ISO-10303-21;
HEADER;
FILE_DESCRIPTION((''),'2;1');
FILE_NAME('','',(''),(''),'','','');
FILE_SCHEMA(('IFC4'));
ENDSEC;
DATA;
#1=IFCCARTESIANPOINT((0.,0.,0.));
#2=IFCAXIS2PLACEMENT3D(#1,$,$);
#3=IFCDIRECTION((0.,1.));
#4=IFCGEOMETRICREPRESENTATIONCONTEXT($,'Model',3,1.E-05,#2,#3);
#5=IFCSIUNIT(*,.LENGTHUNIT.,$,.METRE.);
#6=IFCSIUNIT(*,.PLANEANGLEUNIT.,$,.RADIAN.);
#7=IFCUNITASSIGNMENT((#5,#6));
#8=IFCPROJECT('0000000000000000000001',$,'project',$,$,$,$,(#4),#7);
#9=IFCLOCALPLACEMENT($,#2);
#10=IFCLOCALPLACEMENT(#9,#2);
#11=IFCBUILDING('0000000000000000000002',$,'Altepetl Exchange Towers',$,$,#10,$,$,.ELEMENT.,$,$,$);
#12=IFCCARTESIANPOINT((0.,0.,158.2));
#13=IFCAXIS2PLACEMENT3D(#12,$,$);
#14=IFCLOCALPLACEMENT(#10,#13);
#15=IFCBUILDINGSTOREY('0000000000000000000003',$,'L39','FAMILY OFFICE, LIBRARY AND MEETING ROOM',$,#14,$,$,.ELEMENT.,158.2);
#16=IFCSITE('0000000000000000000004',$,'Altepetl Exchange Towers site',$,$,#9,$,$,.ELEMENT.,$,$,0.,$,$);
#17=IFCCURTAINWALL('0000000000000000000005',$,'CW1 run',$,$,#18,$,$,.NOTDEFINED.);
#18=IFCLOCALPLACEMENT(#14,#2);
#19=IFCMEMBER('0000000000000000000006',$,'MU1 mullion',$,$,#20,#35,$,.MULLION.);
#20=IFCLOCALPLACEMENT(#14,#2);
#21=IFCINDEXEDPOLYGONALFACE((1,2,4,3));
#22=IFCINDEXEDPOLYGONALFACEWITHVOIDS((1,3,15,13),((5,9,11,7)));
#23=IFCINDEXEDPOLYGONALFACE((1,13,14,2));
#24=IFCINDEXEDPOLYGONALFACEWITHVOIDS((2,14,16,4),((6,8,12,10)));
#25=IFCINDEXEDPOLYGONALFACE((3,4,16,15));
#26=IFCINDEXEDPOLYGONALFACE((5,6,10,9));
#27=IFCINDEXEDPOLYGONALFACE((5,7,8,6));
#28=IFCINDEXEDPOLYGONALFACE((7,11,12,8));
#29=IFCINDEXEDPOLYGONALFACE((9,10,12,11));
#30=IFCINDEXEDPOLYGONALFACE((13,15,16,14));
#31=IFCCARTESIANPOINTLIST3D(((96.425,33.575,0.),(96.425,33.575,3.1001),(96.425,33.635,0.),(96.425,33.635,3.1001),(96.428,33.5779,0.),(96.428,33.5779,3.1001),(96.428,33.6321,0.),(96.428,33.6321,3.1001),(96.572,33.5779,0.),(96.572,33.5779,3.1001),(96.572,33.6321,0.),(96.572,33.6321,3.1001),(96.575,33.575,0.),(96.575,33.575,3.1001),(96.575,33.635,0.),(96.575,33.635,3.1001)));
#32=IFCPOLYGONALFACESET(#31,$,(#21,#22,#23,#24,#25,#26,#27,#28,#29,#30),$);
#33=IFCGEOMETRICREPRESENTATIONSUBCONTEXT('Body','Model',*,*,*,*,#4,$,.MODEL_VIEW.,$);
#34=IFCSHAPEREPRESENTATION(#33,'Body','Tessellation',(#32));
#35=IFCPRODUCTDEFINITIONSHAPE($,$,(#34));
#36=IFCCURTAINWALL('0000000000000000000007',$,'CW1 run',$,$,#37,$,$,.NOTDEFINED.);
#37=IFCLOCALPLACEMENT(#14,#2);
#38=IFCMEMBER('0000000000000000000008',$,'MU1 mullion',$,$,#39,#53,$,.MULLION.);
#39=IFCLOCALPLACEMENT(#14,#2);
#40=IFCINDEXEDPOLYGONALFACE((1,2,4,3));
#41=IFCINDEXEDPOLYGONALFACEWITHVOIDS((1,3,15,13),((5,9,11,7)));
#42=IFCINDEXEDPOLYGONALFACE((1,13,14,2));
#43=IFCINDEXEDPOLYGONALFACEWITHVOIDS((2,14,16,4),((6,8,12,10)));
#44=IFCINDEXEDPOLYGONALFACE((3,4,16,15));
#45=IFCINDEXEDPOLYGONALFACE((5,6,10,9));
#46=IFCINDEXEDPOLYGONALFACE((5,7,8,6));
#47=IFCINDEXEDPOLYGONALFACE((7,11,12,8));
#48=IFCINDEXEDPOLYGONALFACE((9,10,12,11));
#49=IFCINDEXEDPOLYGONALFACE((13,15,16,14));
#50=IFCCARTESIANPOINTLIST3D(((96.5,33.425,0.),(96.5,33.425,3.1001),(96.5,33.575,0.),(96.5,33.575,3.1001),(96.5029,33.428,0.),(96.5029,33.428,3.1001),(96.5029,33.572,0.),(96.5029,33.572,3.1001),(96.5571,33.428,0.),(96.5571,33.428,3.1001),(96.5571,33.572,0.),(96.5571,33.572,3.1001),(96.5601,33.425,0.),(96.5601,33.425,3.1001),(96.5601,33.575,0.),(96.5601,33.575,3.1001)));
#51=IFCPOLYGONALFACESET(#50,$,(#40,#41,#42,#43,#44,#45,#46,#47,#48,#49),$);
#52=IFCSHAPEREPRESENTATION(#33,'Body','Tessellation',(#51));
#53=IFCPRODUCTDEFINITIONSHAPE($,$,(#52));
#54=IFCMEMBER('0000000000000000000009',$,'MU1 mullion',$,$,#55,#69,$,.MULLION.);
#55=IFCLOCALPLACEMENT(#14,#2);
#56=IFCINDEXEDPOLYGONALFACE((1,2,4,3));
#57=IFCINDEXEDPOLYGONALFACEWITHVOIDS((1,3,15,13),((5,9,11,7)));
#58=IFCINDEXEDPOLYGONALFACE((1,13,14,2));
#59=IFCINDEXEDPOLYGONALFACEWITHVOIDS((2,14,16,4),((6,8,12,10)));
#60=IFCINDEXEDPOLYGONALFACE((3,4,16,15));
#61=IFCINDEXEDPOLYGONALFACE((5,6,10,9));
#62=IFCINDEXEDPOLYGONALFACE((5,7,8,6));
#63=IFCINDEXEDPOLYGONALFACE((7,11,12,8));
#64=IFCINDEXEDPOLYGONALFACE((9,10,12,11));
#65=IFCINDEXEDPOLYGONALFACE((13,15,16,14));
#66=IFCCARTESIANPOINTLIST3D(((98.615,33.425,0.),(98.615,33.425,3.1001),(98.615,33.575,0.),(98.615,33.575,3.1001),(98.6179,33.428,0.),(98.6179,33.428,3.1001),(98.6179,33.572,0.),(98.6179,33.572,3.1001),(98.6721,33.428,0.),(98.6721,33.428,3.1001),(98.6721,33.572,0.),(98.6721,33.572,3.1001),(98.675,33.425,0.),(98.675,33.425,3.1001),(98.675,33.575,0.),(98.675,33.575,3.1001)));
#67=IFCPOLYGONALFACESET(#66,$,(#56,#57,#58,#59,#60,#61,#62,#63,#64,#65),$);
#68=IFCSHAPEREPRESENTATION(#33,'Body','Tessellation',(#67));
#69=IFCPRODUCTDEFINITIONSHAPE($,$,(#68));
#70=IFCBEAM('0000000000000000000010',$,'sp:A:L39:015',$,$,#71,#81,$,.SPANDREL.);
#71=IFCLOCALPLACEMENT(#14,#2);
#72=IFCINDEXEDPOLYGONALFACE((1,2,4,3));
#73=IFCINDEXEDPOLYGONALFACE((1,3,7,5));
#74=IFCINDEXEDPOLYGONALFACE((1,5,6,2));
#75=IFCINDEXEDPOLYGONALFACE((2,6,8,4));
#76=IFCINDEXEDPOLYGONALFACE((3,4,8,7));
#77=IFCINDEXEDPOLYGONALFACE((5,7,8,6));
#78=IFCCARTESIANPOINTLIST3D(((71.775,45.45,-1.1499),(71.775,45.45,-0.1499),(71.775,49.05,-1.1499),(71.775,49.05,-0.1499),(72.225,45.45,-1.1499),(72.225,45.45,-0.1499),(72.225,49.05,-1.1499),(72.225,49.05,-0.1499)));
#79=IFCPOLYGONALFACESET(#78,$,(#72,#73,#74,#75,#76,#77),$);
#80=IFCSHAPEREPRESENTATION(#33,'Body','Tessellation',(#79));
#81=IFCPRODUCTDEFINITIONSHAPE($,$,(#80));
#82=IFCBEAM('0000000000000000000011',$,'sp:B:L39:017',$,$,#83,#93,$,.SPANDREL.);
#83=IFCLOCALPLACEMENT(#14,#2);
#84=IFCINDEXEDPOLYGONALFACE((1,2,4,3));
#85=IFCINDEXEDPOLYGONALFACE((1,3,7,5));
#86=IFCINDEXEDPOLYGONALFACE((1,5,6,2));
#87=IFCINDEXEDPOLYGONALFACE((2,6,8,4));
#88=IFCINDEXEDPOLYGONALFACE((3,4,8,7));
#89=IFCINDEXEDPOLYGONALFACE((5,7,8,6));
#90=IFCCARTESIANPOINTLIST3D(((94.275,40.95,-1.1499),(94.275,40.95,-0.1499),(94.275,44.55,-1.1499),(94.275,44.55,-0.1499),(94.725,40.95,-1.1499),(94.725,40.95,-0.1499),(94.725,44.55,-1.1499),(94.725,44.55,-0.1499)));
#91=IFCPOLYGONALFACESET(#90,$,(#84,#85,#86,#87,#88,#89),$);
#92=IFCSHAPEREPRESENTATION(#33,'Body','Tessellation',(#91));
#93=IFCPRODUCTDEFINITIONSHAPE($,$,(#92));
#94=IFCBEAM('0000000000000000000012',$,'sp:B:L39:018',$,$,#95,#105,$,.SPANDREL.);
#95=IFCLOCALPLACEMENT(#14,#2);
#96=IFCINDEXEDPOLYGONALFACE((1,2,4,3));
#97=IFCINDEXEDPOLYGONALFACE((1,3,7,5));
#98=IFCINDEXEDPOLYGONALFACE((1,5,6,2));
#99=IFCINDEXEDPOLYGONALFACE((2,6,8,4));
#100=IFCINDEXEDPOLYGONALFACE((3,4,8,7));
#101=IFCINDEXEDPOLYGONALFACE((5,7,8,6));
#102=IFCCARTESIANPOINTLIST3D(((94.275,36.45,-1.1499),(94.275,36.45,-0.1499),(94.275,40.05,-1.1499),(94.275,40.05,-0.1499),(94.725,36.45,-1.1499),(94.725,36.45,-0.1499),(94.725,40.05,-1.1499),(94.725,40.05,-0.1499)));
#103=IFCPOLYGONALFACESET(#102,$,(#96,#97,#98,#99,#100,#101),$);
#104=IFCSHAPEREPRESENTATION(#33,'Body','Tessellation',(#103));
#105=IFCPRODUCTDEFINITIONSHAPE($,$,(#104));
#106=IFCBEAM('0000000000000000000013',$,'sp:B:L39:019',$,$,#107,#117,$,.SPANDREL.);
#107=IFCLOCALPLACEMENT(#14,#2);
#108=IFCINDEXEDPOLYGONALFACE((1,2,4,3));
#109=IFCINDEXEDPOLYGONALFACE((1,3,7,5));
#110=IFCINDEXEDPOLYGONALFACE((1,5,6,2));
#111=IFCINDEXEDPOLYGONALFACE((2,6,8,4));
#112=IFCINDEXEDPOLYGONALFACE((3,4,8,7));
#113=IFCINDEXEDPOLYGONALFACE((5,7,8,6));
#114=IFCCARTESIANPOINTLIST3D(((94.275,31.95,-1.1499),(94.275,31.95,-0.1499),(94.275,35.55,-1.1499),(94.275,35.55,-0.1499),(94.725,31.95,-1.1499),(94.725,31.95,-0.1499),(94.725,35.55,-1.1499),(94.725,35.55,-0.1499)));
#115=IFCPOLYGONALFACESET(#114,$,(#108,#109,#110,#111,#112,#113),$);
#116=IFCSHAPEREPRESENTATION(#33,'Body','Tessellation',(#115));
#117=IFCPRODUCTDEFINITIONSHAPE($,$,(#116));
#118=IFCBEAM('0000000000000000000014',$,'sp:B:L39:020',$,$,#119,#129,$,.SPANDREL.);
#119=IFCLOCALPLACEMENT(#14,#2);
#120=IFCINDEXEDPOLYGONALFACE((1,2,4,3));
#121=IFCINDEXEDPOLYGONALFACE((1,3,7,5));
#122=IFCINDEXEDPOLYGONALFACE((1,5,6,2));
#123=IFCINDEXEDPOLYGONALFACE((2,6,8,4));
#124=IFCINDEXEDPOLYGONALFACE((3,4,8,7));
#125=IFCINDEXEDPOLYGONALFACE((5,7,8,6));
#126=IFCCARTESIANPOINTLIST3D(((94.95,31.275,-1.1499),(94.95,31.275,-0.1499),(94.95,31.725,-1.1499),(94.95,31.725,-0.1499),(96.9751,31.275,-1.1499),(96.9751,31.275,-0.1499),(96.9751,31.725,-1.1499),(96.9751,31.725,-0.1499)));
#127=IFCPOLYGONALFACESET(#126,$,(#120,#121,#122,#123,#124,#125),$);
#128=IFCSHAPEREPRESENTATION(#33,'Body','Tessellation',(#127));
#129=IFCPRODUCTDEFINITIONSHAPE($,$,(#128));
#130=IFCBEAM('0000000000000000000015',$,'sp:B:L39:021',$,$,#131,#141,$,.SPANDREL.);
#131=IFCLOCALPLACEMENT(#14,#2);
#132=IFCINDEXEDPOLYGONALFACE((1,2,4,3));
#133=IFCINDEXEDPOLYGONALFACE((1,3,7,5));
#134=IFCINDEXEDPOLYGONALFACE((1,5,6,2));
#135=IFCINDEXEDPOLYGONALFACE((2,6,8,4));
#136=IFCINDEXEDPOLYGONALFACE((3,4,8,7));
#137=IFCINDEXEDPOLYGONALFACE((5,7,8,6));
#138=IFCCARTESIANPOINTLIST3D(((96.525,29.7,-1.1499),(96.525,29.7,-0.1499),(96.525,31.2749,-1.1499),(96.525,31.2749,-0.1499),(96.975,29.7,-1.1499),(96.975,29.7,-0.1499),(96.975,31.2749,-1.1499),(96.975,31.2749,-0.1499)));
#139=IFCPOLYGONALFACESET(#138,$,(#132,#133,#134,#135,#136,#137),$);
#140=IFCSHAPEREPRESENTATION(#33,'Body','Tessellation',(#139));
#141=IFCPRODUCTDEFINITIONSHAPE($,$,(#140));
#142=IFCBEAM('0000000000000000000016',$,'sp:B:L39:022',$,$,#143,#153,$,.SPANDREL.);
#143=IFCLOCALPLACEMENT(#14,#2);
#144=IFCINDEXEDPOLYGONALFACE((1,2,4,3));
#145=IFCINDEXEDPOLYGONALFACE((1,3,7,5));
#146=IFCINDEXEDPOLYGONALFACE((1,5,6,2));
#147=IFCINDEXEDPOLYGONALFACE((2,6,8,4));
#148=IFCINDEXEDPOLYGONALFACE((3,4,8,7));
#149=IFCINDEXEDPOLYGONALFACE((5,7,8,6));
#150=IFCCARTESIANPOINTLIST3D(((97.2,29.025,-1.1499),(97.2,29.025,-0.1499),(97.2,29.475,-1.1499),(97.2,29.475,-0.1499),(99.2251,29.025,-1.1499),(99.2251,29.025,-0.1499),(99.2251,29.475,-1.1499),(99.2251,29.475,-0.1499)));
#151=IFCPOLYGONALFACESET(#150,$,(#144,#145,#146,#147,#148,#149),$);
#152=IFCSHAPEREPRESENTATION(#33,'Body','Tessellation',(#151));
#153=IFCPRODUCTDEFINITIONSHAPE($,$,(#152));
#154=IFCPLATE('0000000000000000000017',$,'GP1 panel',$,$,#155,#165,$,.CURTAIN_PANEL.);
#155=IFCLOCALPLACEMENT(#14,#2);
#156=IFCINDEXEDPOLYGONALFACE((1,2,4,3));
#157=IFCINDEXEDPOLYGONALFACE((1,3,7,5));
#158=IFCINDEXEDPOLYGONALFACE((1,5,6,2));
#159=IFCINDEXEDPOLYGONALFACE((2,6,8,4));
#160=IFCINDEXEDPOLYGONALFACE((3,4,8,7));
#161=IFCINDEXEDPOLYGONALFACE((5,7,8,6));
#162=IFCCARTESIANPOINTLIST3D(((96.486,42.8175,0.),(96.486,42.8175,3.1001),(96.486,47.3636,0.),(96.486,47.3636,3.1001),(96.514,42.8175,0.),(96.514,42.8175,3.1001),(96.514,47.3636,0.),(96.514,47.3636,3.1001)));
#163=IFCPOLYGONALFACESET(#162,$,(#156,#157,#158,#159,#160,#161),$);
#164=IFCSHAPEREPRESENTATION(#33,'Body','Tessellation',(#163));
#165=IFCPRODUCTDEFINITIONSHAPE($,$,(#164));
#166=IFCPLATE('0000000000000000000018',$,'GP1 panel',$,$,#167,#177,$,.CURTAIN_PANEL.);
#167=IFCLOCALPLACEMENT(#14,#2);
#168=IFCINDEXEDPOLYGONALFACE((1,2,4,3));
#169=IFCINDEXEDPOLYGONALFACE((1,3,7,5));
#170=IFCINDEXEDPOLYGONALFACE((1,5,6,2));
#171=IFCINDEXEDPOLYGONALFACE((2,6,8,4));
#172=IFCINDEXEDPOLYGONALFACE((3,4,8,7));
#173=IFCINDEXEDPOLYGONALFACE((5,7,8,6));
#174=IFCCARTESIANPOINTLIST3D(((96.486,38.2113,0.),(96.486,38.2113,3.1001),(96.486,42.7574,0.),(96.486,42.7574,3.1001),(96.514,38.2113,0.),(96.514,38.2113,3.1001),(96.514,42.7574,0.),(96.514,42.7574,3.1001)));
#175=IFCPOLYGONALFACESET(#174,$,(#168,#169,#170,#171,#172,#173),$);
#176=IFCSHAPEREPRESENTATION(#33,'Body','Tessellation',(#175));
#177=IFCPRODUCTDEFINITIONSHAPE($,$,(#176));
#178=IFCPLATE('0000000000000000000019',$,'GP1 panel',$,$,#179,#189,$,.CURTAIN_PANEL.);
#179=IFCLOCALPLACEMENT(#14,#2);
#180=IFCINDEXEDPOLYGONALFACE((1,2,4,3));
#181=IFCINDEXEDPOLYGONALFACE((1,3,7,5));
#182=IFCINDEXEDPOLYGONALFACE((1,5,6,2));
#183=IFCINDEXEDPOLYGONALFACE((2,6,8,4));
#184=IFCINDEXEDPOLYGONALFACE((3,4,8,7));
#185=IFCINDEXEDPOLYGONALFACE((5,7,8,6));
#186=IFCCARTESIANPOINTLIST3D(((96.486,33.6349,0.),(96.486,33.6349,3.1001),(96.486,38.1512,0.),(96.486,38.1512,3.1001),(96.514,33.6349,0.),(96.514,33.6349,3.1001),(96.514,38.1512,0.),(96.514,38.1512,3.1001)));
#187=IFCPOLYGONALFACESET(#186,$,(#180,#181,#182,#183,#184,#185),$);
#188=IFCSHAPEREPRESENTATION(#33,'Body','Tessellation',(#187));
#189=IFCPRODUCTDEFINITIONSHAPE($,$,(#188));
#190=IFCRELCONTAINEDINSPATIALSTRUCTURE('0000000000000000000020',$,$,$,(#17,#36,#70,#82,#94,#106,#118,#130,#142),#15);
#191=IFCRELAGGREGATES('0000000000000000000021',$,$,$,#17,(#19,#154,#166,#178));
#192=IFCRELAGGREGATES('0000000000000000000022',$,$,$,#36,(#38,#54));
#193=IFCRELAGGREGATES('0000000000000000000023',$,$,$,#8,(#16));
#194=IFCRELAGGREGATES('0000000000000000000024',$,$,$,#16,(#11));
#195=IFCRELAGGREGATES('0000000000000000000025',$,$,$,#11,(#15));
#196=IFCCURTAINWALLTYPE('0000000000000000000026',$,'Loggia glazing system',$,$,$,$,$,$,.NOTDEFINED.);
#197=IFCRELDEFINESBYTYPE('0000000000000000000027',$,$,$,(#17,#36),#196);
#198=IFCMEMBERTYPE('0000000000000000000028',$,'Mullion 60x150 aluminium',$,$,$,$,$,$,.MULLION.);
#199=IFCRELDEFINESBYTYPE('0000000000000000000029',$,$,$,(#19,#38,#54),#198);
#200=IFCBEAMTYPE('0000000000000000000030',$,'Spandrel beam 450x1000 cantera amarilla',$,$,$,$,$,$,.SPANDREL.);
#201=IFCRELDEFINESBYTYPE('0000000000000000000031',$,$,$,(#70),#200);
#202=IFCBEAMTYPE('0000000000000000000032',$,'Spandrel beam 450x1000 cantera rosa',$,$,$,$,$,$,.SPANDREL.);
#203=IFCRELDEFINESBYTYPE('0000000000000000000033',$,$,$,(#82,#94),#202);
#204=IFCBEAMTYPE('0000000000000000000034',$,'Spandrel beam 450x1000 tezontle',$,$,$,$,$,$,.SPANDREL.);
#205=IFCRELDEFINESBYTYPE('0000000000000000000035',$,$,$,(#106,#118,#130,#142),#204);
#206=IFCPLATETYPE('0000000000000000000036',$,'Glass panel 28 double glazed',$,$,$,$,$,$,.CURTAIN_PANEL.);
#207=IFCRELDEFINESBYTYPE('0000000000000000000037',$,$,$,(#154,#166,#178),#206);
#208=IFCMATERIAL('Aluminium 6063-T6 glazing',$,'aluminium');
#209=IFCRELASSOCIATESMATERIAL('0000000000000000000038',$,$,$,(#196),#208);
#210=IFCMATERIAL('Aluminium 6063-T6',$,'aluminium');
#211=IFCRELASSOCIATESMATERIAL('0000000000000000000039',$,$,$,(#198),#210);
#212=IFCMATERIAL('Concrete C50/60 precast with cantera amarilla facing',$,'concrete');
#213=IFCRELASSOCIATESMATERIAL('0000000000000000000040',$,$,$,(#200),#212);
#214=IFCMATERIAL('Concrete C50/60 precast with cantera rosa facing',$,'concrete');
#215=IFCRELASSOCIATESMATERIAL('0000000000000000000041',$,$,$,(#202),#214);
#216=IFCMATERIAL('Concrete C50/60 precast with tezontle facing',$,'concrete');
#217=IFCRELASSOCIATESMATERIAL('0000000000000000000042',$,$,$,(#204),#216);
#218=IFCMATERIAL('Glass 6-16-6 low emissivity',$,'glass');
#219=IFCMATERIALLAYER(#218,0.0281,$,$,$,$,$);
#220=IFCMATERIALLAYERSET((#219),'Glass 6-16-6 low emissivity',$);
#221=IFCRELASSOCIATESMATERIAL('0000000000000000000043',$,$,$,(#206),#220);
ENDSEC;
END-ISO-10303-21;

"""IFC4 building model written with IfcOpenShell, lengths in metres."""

from ifc_helpers import new_model, si_unit, direction, frame, origin, origin_2d, place, context, subcontext, project, spatial, rectangle, hollow_rectangle, extrude, material, layer, layer_set, material_profile, profile_set, type_object, element, aggregate, save


model = new_model("IFC4")

# Units and contexts
model_context = context("Model", 3, precision=1e-05, world=origin(), true_north=direction((0.0, 1.0)))
body_context = subcontext(model_context, "Body", "Model", "MODEL_VIEW")
ifc_project = project(units=[si_unit("LENGTHUNIT", "METRE"), si_unit("PLANEANGLEUNIT", "RADIAN")], contexts=[model_context])

# Site, building, storey
site_placement = place(None, origin())
site = spatial("IfcSite", under=ifc_project, at=site_placement, Name="Altepetl Exchange Towers site", CompositionType="ELEMENT", RefElevation=0.0)
building_placement = place(site_placement, origin())
building = spatial("IfcBuilding", under=site, at=building_placement, Name="Altepetl Exchange Towers", CompositionType="ELEMENT")
storey_placement = place(building_placement, frame((0.0, 0.0, 158.2)))
storey = spatial("IfcBuildingStorey", under=building, at=storey_placement, Name="L39", Description="FAMILY OFFICE, LIBRARY AND MEETING ROOM", CompositionType="ELEMENT", Elevation=158.2)

# Curtain walls, members
ifc_material_1 = material(Name="Aluminium 6063-T6 glazing", Category="aluminium")
curtain_wall_type = type_object("IfcCurtainWallType", Name="Loggia glazing system", PredefinedType="NOTDEFINED", material=ifc_material_1)
curtain_wall_1_placement = place(storey_placement, origin())
curtain_wall_1 = element("IfcCurtainWall", 1, at=curtain_wall_1_placement, inside=storey, type_object=curtain_wall_type, Name="CW1 run", PredefinedType="NOTDEFINED")
ifc_material_2 = material(Name="Aluminium 6063-T6", Category="aluminium")
ifc_material_profile_1 = material_profile(ifc_material_2, hollow_rectangle(XDim=0.0601, YDim=0.1499, WallThickness=0.0029, at=origin_2d()), Name="Mullion 60x150 aluminium")
ifc_profile_set_1 = profile_set([ifc_material_profile_1], Name="Aluminium 6063-T6")
member_type = type_object("IfcMemberType", Name="Mullion 60x150 aluminium", PredefinedType="MULLION", material=ifc_profile_set_1)
member_1_placement = place(storey_placement, frame((96.5, 33.605, 0.0), z_axis=(0.0, 0.0, 1.0), x_axis=(0.0, -1.0, 0.0)))
member_1 = element("IfcMember", 2, at=member_1_placement, type_object=member_type, Name="MU1 mullion", PredefinedType="MULLION", context=body_context, shape_type="SweptSolid", body=[
    extrude(hollow_rectangle(XDim=0.0601, YDim=0.1499, WallThickness=0.0029, at=origin_2d()), origin(), (0.0, 0.0, 1.0), 3.1001),
])
curtain_wall_2_placement = place(storey_placement, origin())
curtain_wall_2 = element("IfcCurtainWall", 3, at=curtain_wall_2_placement, inside=storey, type_object=curtain_wall_type, Name="CW1 run", PredefinedType="NOTDEFINED")
member_2_placement = place(storey_placement, frame((96.53, 33.5, 0.0)))
member_2 = element("IfcMember", 4, at=member_2_placement, type_object=member_type, Name="MU1 mullion", PredefinedType="MULLION", context=body_context, shape_type="SweptSolid", body=[
    extrude(hollow_rectangle(XDim=0.0601, YDim=0.1499, WallThickness=0.0029, at=origin_2d()), origin(), (0.0, 0.0, 1.0), 3.1001),
])
member_3_placement = place(storey_placement, frame((98.645, 33.5, 0.0)))
member_3 = element("IfcMember", 5, at=member_3_placement, type_object=member_type, Name="MU1 mullion", PredefinedType="MULLION", context=body_context, shape_type="SweptSolid", body=[
    extrude(hollow_rectangle(XDim=0.0601, YDim=0.1499, WallThickness=0.0029, at=origin_2d()), origin(), (0.0, 0.0, 1.0), 3.1001),
])

# Beams
ifc_material_3 = material(Name="Concrete C50/60 precast with cantera amarilla facing", Category="concrete")
ifc_material_profile_2 = material_profile(ifc_material_3, rectangle(XDim=0.45, YDim=1.0, at=origin_2d()), Name="450 x 1000")
ifc_profile_set_2 = profile_set([ifc_material_profile_2], Name="Concrete C50/60 precast with cantera amarilla facing")
beam_type_1 = type_object("IfcBeamType", Name="Spandrel beam 450x1000 cantera amarilla", PredefinedType="SPANDREL", material=ifc_profile_set_2)
beam_1_placement = place(storey_placement, frame((72.0, 45.45, -0.6499), z_axis=(0.0, 1.0, 0.0), x_axis=(-1.0, 0.0, 0.0)))
element("IfcBeam", 6, at=beam_1_placement, inside=storey, type_object=beam_type_1, Name="sp:A:L39:015", PredefinedType="SPANDREL", context=body_context, shape_type="SweptSolid", body=[
    extrude(rectangle(XDim=0.45, YDim=1.0, at=origin_2d()), origin(), (0.0, 0.0, 1.0), 3.6001),
])
ifc_material_4 = material(Name="Concrete C50/60 precast with cantera rosa facing", Category="concrete")
ifc_material_profile_3 = material_profile(ifc_material_4, rectangle(XDim=0.45, YDim=1.0, at=origin_2d()), Name="450 x 1000")
ifc_profile_set_3 = profile_set([ifc_material_profile_3], Name="Concrete C50/60 precast with cantera rosa facing")
beam_type_2 = type_object("IfcBeamType", Name="Spandrel beam 450x1000 cantera rosa", PredefinedType="SPANDREL", material=ifc_profile_set_3)
for number, where, z_axis, x_axis, name in (
    (7, (94.5, 44.55, -0.6499), (0.0, -1.0, 0.0), (1.0, 0.0, 0.0), "sp:B:L39:017"),
    (8, (94.5, 40.05, -0.6499), (0.0, -1.0, 0.0), (1.0, 0.0, 0.0), "sp:B:L39:018"),
):
    element("IfcBeam", number, at=place(storey_placement, frame(where, z_axis=z_axis, x_axis=x_axis)), inside=storey, type_object=beam_type_2, Name=name, PredefinedType="SPANDREL", context=body_context, shape_type="SweptSolid", body=[
        extrude(rectangle(XDim=0.45, YDim=1.0, at=origin_2d()), origin(), (0.0, 0.0, 1.0), 3.6001),
    ])
ifc_material_5 = material(Name="Concrete C50/60 precast with tezontle facing", Category="concrete")
ifc_material_profile_4 = material_profile(ifc_material_5, rectangle(XDim=0.45, YDim=1.0, at=origin_2d()), Name="450 x 1000")
ifc_profile_set_4 = profile_set([ifc_material_profile_4], Name="Concrete C50/60 precast with tezontle facing")
beam_type_3 = type_object("IfcBeamType", Name="Spandrel beam 450x1000 tezontle", PredefinedType="SPANDREL", material=ifc_profile_set_4)
beam_2_placement = place(storey_placement, frame((94.5, 35.55, -0.6499), z_axis=(0.0, -1.0, 0.0), x_axis=(1.0, 0.0, 0.0)))
element("IfcBeam", 9, at=beam_2_placement, inside=storey, type_object=beam_type_3, Name="sp:B:L39:019", PredefinedType="SPANDREL", context=body_context, shape_type="SweptSolid", body=[
    extrude(rectangle(XDim=0.45, YDim=1.0, at=origin_2d()), origin(), (0.0, 0.0, 1.0), 3.6001),
])
beam_3_placement = place(storey_placement, frame((94.95, 31.5, -0.6499), z_axis=(1.0, 0.0, 0.0), x_axis=(0.0, 1.0, 0.0)))
element("IfcBeam", 10, at=beam_3_placement, inside=storey, type_object=beam_type_3, Name="sp:B:L39:020", PredefinedType="SPANDREL", context=body_context, shape_type="SweptSolid", body=[
    extrude(rectangle(XDim=0.45, YDim=1.0, at=origin_2d()), origin(), (0.0, 0.0, 1.0), 2.0251),
])
beam_4_placement = place(storey_placement, frame((96.75, 31.2749, -0.6499), z_axis=(0.0, -1.0, 0.0), x_axis=(1.0, 0.0, 0.0)))
element("IfcBeam", 11, at=beam_4_placement, inside=storey, type_object=beam_type_3, Name="sp:B:L39:021", PredefinedType="SPANDREL", context=body_context, shape_type="SweptSolid", body=[
    extrude(rectangle(XDim=0.45, YDim=1.0, at=origin_2d()), origin(), (0.0, 0.0, 1.0), 1.575),
])
beam_5_placement = place(storey_placement, frame((97.2, 29.25, -0.6499), z_axis=(1.0, 0.0, 0.0), x_axis=(0.0, 1.0, 0.0)))
element("IfcBeam", 12, at=beam_5_placement, inside=storey, type_object=beam_type_3, Name="sp:B:L39:022", PredefinedType="SPANDREL", context=body_context, shape_type="SweptSolid", body=[
    extrude(rectangle(XDim=0.45, YDim=1.0, at=origin_2d()), origin(), (0.0, 0.0, 1.0), 2.0251),
])

# Plates
ifc_material_6 = material(Name="Glass 6-16-6 low emissivity", Category="glass")
ifc_layer_1 = layer(ifc_material_6, 0.0281)
ifc_layer_set_1 = layer_set([ifc_layer_1], Name="Glass 6-16-6 low emissivity")
plate_type = type_object("IfcPlateType", Name="Glass panel 28 double glazed", PredefinedType="CURTAIN_PANEL", material=ifc_layer_set_1)
plate_1_placement = place(storey_placement, frame((96.5, 45.0906, 0.0), z_axis=(0.0, 0.0, 1.0), x_axis=(0.0, -1.0, 0.0)))
plate_1 = element("IfcPlate", 13, at=plate_1_placement, type_object=plate_type, Name="GP1 panel", PredefinedType="CURTAIN_PANEL", context=body_context, shape_type="SweptSolid", body=[
    extrude(rectangle(XDim=4.5461, YDim=0.0281, at=origin_2d()), origin(), (0.0, 0.0, 1.0), 3.1001),
])
plate_2_placement = place(storey_placement, frame((96.5, 40.4844, 0.0), z_axis=(0.0, 0.0, 1.0), x_axis=(0.0, -1.0, 0.0)))
plate_2 = element("IfcPlate", 14, at=plate_2_placement, type_object=plate_type, Name="GP1 panel", PredefinedType="CURTAIN_PANEL", context=body_context, shape_type="SweptSolid", body=[
    extrude(rectangle(XDim=4.5461, YDim=0.0281, at=origin_2d()), origin(), (0.0, 0.0, 1.0), 3.1001),
])
plate_3_placement = place(storey_placement, frame((96.5, 35.8931, 0.0), z_axis=(0.0, 0.0, 1.0), x_axis=(0.0, -1.0, 0.0)))
plate_3 = element("IfcPlate", 15, at=plate_3_placement, type_object=plate_type, Name="GP1 panel", PredefinedType="CURTAIN_PANEL", context=body_context, shape_type="SweptSolid", body=[
    extrude(rectangle(XDim=4.5164, YDim=0.0281, at=origin_2d()), origin(), (0.0, 0.0, 1.0), 3.1001),
])
aggregate(curtain_wall_1, [member_1, plate_1, plate_2, plate_3])
aggregate(curtain_wall_2, [member_2, member_3])

save(model, "model.ifc")
